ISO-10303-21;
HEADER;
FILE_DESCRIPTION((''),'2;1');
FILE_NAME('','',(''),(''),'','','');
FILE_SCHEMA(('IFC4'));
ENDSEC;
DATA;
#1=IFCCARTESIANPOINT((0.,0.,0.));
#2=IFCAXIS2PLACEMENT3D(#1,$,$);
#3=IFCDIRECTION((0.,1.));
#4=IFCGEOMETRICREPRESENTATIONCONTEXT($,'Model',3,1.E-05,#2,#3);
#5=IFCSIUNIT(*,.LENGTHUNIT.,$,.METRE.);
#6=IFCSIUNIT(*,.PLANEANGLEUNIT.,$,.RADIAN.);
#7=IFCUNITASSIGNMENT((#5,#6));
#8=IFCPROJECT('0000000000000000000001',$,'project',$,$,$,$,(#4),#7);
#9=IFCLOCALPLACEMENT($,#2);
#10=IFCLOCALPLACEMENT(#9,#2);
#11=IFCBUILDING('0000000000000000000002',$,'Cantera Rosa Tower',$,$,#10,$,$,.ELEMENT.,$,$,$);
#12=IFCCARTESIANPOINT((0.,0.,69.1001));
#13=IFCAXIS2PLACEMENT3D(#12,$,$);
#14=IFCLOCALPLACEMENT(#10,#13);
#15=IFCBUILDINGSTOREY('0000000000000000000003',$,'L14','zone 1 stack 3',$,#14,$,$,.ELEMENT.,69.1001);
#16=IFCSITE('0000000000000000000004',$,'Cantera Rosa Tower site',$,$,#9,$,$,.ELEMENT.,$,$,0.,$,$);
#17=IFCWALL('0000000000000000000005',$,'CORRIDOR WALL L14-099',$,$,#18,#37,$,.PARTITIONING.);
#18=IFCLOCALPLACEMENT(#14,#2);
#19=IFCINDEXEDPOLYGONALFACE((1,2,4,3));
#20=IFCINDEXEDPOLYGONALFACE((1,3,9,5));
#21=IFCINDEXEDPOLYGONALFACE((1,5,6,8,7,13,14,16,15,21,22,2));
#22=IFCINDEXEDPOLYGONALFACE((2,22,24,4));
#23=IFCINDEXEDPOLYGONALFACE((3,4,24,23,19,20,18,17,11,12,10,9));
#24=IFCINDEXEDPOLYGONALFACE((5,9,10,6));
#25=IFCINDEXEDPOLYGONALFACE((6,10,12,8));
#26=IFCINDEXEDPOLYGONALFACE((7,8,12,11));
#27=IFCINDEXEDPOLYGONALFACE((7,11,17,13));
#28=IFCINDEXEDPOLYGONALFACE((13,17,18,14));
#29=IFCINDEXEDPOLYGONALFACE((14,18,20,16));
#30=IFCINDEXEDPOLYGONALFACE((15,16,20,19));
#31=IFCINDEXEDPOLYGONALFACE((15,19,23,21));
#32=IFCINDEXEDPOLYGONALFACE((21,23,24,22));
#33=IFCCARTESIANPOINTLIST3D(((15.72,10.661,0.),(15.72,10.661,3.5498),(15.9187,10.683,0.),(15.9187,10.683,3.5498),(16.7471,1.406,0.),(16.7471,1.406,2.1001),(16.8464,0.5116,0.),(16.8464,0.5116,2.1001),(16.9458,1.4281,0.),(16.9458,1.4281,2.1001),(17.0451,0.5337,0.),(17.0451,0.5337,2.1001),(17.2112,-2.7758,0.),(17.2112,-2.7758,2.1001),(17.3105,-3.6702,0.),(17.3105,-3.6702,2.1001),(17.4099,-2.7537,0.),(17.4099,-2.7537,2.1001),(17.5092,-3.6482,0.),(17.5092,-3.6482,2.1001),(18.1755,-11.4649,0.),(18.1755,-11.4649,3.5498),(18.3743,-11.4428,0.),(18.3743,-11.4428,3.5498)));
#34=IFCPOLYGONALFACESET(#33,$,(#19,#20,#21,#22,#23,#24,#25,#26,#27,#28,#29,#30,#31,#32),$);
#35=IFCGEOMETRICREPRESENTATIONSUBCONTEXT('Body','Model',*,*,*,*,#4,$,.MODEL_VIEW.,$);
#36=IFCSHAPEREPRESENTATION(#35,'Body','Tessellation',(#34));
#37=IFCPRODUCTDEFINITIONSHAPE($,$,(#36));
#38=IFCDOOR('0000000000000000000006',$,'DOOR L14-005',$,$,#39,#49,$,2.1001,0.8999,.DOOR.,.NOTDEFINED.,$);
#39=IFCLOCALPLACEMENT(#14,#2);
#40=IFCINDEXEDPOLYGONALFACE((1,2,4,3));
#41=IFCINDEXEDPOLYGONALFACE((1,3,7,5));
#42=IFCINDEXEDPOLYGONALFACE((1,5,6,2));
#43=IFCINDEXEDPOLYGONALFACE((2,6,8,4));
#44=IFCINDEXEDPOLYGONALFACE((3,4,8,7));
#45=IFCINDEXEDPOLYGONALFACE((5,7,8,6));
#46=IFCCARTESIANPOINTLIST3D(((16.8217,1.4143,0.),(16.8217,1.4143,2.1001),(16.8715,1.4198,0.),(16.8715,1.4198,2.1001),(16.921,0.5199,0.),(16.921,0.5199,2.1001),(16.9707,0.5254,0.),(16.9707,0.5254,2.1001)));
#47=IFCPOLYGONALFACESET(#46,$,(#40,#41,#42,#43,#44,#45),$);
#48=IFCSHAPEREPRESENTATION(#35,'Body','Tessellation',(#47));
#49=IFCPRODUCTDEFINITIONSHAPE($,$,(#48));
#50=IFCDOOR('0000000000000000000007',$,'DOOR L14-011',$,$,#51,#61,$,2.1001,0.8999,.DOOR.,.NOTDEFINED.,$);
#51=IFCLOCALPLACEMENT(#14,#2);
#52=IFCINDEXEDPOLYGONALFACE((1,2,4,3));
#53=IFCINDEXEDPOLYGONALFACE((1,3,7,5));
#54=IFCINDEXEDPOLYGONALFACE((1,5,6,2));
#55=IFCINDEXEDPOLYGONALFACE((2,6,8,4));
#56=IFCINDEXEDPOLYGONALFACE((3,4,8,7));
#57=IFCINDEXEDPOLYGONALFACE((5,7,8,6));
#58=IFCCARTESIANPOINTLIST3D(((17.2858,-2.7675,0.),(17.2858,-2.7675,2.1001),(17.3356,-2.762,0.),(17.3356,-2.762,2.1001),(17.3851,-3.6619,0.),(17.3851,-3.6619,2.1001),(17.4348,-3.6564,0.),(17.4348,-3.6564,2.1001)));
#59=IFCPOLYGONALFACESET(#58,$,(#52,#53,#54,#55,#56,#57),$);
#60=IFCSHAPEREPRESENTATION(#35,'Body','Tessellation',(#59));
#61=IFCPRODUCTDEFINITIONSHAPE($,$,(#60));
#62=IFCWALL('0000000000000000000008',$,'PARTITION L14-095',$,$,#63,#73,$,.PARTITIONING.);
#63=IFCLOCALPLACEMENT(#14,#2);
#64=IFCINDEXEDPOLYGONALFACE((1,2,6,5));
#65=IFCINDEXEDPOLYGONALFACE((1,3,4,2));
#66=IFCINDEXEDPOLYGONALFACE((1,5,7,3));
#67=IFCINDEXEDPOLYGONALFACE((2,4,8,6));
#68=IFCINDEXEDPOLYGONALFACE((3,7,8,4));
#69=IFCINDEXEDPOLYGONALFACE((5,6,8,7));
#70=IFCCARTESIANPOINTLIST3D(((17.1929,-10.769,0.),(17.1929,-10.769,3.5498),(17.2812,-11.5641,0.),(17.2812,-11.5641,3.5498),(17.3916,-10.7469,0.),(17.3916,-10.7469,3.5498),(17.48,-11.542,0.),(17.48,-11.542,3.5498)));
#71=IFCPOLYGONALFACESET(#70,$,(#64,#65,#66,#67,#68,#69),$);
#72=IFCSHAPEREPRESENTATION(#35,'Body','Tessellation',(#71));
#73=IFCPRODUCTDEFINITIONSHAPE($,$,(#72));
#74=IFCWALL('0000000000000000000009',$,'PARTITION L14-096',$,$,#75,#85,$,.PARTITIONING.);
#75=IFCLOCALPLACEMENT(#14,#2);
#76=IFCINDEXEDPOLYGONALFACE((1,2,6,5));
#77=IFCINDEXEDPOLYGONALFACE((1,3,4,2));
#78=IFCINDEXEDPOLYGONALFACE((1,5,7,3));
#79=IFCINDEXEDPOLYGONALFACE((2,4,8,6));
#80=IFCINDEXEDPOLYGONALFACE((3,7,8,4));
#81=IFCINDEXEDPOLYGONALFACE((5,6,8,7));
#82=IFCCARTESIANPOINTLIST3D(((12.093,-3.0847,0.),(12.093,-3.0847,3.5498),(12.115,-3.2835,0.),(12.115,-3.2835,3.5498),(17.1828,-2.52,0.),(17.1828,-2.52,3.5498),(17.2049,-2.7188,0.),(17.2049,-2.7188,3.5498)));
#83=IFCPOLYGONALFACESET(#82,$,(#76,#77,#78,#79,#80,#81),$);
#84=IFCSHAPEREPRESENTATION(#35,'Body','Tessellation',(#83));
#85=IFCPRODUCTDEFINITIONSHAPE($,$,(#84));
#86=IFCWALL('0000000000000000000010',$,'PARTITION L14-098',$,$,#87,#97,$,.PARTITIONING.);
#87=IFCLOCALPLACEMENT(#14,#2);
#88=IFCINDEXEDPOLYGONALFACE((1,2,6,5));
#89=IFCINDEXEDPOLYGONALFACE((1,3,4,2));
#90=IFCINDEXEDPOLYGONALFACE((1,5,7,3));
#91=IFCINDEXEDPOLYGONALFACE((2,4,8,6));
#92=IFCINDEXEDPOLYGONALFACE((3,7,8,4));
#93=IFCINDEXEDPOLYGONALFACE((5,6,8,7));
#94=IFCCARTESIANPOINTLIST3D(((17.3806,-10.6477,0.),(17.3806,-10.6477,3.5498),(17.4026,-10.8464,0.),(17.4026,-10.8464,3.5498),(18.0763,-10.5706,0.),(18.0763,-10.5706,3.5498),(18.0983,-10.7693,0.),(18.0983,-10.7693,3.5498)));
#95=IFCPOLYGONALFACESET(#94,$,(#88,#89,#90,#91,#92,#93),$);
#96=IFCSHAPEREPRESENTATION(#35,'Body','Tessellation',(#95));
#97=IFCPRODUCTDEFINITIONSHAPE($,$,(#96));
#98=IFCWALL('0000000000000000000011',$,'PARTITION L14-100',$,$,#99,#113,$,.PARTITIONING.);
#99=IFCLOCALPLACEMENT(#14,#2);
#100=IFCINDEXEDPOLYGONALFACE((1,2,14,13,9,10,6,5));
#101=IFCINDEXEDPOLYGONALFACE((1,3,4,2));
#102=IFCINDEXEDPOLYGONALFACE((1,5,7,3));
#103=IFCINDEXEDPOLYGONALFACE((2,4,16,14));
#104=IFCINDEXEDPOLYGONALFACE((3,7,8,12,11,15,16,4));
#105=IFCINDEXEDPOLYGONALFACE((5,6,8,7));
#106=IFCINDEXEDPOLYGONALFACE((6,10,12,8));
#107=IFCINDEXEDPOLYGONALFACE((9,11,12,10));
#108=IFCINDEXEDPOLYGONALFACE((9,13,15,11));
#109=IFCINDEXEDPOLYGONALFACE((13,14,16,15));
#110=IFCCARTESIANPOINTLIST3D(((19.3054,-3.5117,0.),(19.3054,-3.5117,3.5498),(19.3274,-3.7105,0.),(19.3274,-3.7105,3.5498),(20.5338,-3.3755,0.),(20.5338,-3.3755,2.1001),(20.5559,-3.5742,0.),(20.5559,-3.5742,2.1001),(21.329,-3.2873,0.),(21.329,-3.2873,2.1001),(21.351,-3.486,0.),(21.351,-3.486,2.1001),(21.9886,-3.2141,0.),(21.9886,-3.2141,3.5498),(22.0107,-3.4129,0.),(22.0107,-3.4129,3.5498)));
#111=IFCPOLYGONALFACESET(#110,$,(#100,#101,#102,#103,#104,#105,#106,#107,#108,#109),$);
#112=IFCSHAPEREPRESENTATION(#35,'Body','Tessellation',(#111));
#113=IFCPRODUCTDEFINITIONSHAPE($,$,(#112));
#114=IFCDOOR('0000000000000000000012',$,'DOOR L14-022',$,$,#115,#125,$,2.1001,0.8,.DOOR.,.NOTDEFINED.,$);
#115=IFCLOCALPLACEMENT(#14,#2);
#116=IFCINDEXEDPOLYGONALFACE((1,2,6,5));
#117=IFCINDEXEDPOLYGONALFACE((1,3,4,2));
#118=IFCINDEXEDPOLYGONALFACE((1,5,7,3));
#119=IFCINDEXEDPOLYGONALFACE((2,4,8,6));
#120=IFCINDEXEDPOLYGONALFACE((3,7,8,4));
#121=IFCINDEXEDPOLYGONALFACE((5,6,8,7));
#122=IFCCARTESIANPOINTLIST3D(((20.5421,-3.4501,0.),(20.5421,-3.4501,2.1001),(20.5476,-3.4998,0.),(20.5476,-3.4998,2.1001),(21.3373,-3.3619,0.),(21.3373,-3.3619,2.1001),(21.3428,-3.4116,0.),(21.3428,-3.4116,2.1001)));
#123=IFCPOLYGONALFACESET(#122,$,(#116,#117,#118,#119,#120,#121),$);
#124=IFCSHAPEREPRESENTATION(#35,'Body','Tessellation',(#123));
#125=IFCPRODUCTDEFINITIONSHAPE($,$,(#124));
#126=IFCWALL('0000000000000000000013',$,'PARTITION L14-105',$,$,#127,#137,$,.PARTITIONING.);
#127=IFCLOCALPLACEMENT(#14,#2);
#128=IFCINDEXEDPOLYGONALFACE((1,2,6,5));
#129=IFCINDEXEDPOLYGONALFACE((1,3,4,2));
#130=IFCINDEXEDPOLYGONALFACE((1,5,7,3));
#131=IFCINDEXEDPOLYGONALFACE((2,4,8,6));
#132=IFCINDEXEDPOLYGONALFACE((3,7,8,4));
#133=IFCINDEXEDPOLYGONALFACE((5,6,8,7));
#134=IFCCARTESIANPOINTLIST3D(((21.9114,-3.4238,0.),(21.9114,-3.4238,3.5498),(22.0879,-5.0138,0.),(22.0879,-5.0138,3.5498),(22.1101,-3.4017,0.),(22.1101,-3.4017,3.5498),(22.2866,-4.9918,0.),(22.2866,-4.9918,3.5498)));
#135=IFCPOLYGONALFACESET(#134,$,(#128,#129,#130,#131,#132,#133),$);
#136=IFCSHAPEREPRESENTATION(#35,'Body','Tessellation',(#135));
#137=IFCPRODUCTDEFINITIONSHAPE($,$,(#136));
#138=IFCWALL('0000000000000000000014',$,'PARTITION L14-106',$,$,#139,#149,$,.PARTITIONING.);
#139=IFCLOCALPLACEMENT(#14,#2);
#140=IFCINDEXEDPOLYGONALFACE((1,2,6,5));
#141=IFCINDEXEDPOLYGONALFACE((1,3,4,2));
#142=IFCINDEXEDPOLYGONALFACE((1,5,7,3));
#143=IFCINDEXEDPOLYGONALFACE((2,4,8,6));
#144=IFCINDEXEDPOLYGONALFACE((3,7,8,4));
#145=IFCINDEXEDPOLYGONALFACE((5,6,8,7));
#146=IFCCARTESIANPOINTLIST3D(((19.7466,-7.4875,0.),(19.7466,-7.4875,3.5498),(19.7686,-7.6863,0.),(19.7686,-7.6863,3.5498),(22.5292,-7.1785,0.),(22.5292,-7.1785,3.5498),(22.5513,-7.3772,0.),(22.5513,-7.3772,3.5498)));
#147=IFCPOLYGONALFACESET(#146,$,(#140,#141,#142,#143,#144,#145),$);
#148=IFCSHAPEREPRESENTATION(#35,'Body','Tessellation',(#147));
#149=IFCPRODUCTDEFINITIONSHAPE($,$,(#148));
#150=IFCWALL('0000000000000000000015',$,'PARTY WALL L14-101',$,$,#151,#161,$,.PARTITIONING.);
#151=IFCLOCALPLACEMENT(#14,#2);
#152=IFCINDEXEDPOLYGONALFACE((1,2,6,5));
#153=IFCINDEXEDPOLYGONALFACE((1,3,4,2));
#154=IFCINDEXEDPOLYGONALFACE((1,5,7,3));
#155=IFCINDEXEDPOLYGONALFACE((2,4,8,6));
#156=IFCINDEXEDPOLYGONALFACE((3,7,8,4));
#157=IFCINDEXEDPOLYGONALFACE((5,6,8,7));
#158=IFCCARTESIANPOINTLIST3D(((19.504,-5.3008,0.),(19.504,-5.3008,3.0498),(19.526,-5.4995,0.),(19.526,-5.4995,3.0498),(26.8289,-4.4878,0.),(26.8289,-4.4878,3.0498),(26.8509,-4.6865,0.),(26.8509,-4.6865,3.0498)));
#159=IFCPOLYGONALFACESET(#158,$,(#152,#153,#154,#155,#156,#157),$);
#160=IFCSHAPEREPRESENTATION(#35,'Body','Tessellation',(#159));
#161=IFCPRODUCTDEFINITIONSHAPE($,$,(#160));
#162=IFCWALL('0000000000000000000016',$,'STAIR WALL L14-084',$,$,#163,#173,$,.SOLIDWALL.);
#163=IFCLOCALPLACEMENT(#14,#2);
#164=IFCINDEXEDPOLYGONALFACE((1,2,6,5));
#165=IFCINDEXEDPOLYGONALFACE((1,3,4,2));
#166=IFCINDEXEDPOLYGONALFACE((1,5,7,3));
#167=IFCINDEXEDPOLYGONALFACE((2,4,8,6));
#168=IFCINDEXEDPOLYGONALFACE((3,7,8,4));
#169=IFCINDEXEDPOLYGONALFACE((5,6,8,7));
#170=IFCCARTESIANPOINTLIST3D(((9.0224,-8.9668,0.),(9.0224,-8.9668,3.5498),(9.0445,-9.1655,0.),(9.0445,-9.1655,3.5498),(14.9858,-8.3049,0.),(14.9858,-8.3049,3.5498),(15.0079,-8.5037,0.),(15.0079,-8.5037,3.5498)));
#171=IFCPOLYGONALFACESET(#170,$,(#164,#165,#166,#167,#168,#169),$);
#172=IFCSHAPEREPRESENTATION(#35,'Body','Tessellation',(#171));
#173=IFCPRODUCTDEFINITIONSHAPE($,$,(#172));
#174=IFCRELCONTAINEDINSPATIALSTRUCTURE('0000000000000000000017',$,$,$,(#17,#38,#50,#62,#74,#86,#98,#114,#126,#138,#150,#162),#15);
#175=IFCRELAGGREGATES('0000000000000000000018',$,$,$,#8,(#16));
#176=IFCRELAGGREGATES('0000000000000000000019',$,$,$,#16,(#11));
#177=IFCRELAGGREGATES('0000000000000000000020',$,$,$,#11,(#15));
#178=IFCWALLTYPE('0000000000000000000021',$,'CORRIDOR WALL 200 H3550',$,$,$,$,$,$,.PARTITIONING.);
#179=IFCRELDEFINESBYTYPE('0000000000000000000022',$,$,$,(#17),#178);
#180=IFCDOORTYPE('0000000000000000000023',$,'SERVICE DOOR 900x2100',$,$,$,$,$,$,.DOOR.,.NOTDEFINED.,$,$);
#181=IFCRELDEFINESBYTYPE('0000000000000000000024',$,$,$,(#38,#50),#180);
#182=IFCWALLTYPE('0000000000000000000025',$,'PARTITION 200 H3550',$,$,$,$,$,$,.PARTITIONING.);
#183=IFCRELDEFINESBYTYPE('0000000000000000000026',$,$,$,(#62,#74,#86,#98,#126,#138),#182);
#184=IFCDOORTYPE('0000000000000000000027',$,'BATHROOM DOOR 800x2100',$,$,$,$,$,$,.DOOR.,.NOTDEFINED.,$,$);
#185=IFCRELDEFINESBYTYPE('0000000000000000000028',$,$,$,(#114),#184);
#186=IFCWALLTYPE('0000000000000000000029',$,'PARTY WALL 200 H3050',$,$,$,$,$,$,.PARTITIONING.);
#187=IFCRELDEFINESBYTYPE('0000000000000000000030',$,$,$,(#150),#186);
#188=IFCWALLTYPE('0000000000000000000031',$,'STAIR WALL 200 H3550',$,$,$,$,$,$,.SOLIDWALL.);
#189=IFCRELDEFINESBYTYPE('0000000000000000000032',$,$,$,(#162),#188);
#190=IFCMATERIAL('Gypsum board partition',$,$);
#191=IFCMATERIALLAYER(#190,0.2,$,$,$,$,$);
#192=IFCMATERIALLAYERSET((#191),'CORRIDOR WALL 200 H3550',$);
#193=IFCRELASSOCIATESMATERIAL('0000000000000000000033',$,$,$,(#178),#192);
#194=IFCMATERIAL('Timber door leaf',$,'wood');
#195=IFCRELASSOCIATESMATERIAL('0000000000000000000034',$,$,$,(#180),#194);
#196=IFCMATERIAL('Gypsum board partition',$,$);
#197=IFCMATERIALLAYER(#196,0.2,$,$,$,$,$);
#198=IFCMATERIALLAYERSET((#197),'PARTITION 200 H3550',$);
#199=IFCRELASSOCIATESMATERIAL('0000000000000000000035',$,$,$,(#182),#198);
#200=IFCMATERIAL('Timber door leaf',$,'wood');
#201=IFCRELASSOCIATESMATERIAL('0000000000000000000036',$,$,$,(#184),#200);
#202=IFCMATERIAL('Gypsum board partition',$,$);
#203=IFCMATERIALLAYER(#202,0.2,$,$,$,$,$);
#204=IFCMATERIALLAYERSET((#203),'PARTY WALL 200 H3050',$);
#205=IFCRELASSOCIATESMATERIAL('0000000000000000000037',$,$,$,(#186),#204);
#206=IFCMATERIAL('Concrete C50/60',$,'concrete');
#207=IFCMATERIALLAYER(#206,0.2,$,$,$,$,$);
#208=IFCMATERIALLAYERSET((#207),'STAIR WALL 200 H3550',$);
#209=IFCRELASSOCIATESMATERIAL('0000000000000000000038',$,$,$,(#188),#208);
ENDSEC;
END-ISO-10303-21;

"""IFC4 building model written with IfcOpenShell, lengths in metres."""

from ifc_helpers import new_model, si_unit, direction, frame, frame_2d, origin, place, context, subcontext, project, spatial, rectangle, extrude, material, layer, layer_set, type_object, element, fill, save


model = new_model("IFC4")

# Units and contexts
model_context = context("Model", 3, precision=1e-05, world=origin(), true_north=direction((0.0, 1.0)))
body_context = subcontext(model_context, "Body", "Model", "MODEL_VIEW")
ifc_project = project(units=[si_unit("LENGTHUNIT", "METRE"), si_unit("PLANEANGLEUNIT", "RADIAN")], contexts=[model_context])

# Site, building, storey
site_placement = place(None, origin())
site = spatial("IfcSite", under=ifc_project, at=site_placement, Name="Cantera Rosa Tower site", CompositionType="ELEMENT", RefElevation=0.0)
building_placement = place(site_placement, origin())
building = spatial("IfcBuilding", under=site, at=building_placement, Name="Cantera Rosa Tower", CompositionType="ELEMENT")
storey_placement = place(building_placement, frame((0.0, 0.0, 69.1001)))
storey = spatial("IfcBuildingStorey", under=building, at=storey_placement, Name="L14", Description="zone 1 stack 3", CompositionType="ELEMENT", Elevation=69.1001)

# Wall, openings, doors
ifc_material_1 = material(Name="Gypsum board partition")
ifc_layer_1 = layer(ifc_material_1, 0.2)
ifc_layer_set_1 = layer_set([ifc_layer_1], Name="CORRIDOR WALL 200 H3550")
wall_type_1 = type_object("IfcWallType", Name="CORRIDOR WALL 200 H3550", PredefinedType="PARTITIONING", material=ifc_layer_set_1)
wall_1_placement = place(storey_placement, frame((18.2749, -11.4539, 0.0), z_axis=(0.0, 0.0, 1.0), x_axis=(-0.110304, 0.993898, 0.0)))
wall_1 = element("IfcWall", 1, at=wall_1_placement, inside=storey, type_object=wall_type_1, Name="CORRIDOR WALL L14-099", PredefinedType="PARTITIONING", context=body_context, shape_type="SweptSolid", body=[
    extrude(rectangle(XDim=22.2617, YDim=0.2, at=frame_2d((11.1309, 0.0))), origin(), (0.0, 0.0, 1.0), 3.5498),
])
opening_1_placement = place(wall_1_placement, frame((12.05, 0.0, 0.0)))
opening_1 = element("IfcOpeningElement", 2, at=opening_1_placement, cuts=wall_1, PredefinedType="OPENING", context=body_context, shape_type="SweptSolid", body=[
    extrude(rectangle(XDim=0.8999, YDim=2.1001, at=frame_2d((0.45, 1.05))), frame((0.0, 0.1099, 0.0), z_axis=(0.0, -1.0, 0.0), x_axis=(1.0, 0.0, 0.0)), (0.0, 0.0, 1.0), 0.22),
])
opening_2_placement = place(wall_1_placement, frame((7.8425, 0.0, 0.0)))
opening_2 = element("IfcOpeningElement", 3, at=opening_2_placement, cuts=wall_1, PredefinedType="OPENING", context=body_context, shape_type="SweptSolid", body=[
    extrude(rectangle(XDim=0.8999, YDim=2.1001, at=frame_2d((0.45, 1.05))), frame((0.0, 0.1099, 0.0), z_axis=(0.0, -1.0, 0.0), x_axis=(1.0, 0.0, 0.0)), (0.0, 0.0, 1.0), 0.22),
])
ifc_material_2 = material(Name="Timber door leaf", Category="wood")
door_type_1 = type_object("IfcDoorType", Name="SERVICE DOOR 900x2100", OperationType="NOTDEFINED", PredefinedType="DOOR", material=ifc_material_2)
door_1_placement = place(opening_1_placement, origin())
door_1 = element("IfcDoor", 4, at=door_1_placement, inside=storey, type_object=door_type_1, Name="DOOR L14-005", OperationType="NOTDEFINED", OverallHeight=2.1001, OverallWidth=0.8999, PredefinedType="DOOR", context=body_context, shape_type="SweptSolid", body=[
    extrude(rectangle(XDim=0.8999, YDim=2.1001, at=frame_2d((0.45, 1.05))), frame((0.0, 0.0249, 0.0), z_axis=(0.0, -1.0, 0.0), x_axis=(1.0, 0.0, 0.0)), (0.0, 0.0, 1.0), 0.05),
])
fill(opening_1, door_1)
door_2_placement = place(opening_2_placement, origin())
door_2 = element("IfcDoor", 5, at=door_2_placement, inside=storey, type_object=door_type_1, Name="DOOR L14-011", OperationType="NOTDEFINED", OverallHeight=2.1001, OverallWidth=0.8999, PredefinedType="DOOR", context=body_context, shape_type="SweptSolid", body=[
    extrude(rectangle(XDim=0.8999, YDim=2.1001, at=frame_2d((0.45, 1.05))), frame((0.0, 0.0249, 0.0), z_axis=(0.0, -1.0, 0.0), x_axis=(1.0, 0.0, 0.0)), (0.0, 0.0, 1.0), 0.05),
])
fill(opening_2, door_2)

# Walls
ifc_material_3 = material(Name="Gypsum board partition")
ifc_layer_2 = layer(ifc_material_3, 0.2)
ifc_layer_set_2 = layer_set([ifc_layer_2], Name="PARTITION 200 H3550")
wall_type_2 = type_object("IfcWallType", Name="PARTITION 200 H3550", PredefinedType="PARTITIONING", material=ifc_layer_set_2)
wall_2_placement = place(storey_placement, frame((17.2922, -10.7581, 0.0), z_axis=(0.0, 0.0, 1.0), x_axis=(0.110465, -0.99388, 0.0)))
element("IfcWall", 6, at=wall_2_placement, inside=storey, type_object=wall_type_2, Name="PARTITION L14-095", PredefinedType="PARTITIONING", context=body_context, shape_type="SweptSolid", body=[
    extrude(rectangle(XDim=0.8, YDim=0.2, at=frame_2d((0.3999, 0.0))), origin(), (0.0, 0.0, 1.0), 3.5498),
])
wall_3_placement = place(storey_placement, frame((17.1938, -2.6194, 0.0), z_axis=(0.0, 0.0, 1.0), x_axis=(-0.993902, -0.110269, 0.0)))
element("IfcWall", 7, at=wall_3_placement, inside=storey, type_object=wall_type_2, Name="PARTITION L14-096", PredefinedType="PARTITIONING", context=body_context, shape_type="SweptSolid", body=[
    extrude(rectangle(XDim=5.1211, YDim=0.2, at=frame_2d((2.5605, 0.0))), origin(), (0.0, 0.0, 1.0), 3.5498),
])
wall_4_placement = place(storey_placement, frame((18.0874, -10.6699, 0.0), z_axis=(0.0, 0.0, 1.0), x_axis=(-0.993909, -0.110202, 0.0)))
element("IfcWall", 8, at=wall_4_placement, inside=storey, type_object=wall_type_2, Name="PARTITION L14-098", PredefinedType="PARTITIONING", context=body_context, shape_type="SweptSolid", body=[
    extrude(rectangle(XDim=0.7, YDim=0.2, at=frame_2d((0.3501, 0.0))), origin(), (0.0, 0.0, 1.0), 3.5498),
])

# Wall, opening, door
wall_5_placement = place(storey_placement, frame((19.3164, -3.6111, 0.0), z_axis=(0.0, 0.0, 1.0), x_axis=(0.993906, 0.110233, 0.0)))
wall_5 = element("IfcWall", 9, at=wall_5_placement, inside=storey, type_object=wall_type_2, Name="PARTITION L14-100", PredefinedType="PARTITIONING", context=body_context, shape_type="SweptSolid", body=[
    extrude(rectangle(XDim=2.6997, YDim=0.2, at=frame_2d((1.3499, 0.0))), origin(), (0.0, 0.0, 1.0), 3.5498),
])
opening_3_placement = place(wall_5_placement, frame((1.2361, 0.0, 0.0)))
opening_3 = element("IfcOpeningElement", 10, at=opening_3_placement, cuts=wall_5, PredefinedType="OPENING", context=body_context, shape_type="SweptSolid", body=[
    extrude(rectangle(XDim=0.8, YDim=2.1001, at=frame_2d((0.3999, 1.05))), frame((0.0, 0.1099, 0.0), z_axis=(0.0, -1.0, 0.0), x_axis=(1.0, 0.0, 0.0)), (0.0, 0.0, 1.0), 0.22),
])
ifc_material_4 = material(Name="Timber door leaf", Category="wood")
door_type_2 = type_object("IfcDoorType", Name="BATHROOM DOOR 800x2100", OperationType="NOTDEFINED", PredefinedType="DOOR", material=ifc_material_4)
door_3_placement = place(opening_3_placement, origin())
door_3 = element("IfcDoor", 11, at=door_3_placement, inside=storey, type_object=door_type_2, Name="DOOR L14-022", OperationType="NOTDEFINED", OverallHeight=2.1001, OverallWidth=0.8, PredefinedType="DOOR", context=body_context, shape_type="SweptSolid", body=[
    extrude(rectangle(XDim=0.8, YDim=2.1001, at=frame_2d((0.3999, 1.05))), frame((0.0, 0.0249, 0.0), z_axis=(0.0, -1.0, 0.0), x_axis=(1.0, 0.0, 0.0)), (0.0, 0.0, 1.0), 0.05),
])
fill(opening_3, door_3)

# Walls
wall_6_placement = place(storey_placement, frame((22.0107, -3.4128, 0.0), z_axis=(0.0, 0.0, 1.0), x_axis=(0.110331, -0.993895, 0.0)))
element("IfcWall", 12, at=wall_6_placement, inside=storey, type_object=wall_type_2, Name="PARTITION L14-105", PredefinedType="PARTITIONING", context=body_context, shape_type="SweptSolid", body=[
    extrude(rectangle(XDim=1.5999, YDim=0.2, at=frame_2d((0.7998, 0.0))), origin(), (0.0, 0.0, 1.0), 3.5498),
])
wall_7_placement = place(storey_placement, frame((22.5403, -7.2778, 0.0), z_axis=(0.0, 0.0, 1.0), x_axis=(-0.993888, -0.110393, 0.0)))
element("IfcWall", 13, at=wall_7_placement, inside=storey, type_object=wall_type_2, Name="PARTITION L14-106", PredefinedType="PARTITIONING", context=body_context, shape_type="SweptSolid", body=[
    extrude(rectangle(XDim=2.7998, YDim=0.2, at=frame_2d((1.3999, 0.0))), origin(), (0.0, 0.0, 1.0), 3.5498),
])
ifc_material_5 = material(Name="Gypsum board partition")
ifc_layer_3 = layer(ifc_material_5, 0.2)
ifc_layer_set_3 = layer_set([ifc_layer_3], Name="PARTY WALL 200 H3050")
wall_type_3 = type_object("IfcWallType", Name="PARTY WALL 200 H3050", PredefinedType="PARTITIONING", material=ifc_layer_set_3)
wall_8_placement = place(storey_placement, frame((19.5149, -5.4001, 0.0), z_axis=(0.0, 0.0, 1.0), x_axis=(0.993897, 0.110312, 0.0)))
element("IfcWall", 14, at=wall_8_placement, inside=storey, type_object=wall_type_3, Name="PARTY WALL L14-101", PredefinedType="PARTITIONING", context=body_context, shape_type="SweptSolid", body=[
    extrude(rectangle(XDim=7.3699, YDim=0.2, at=frame_2d((3.6851, 0.0))), origin(), (0.0, 0.0, 1.0), 3.0498),
])
ifc_material_6 = material(Name="Concrete C50/60", Category="concrete")
ifc_layer_4 = layer(ifc_material_6, 0.2)
ifc_layer_set_4 = layer_set([ifc_layer_4], Name="STAIR WALL 200 H3550")
wall_type_4 = type_object("IfcWallType", Name="STAIR WALL 200 H3550", PredefinedType="SOLIDWALL", material=ifc_layer_set_4)
wall_9_placement = place(storey_placement, frame((14.9968, -8.4043, 0.0), z_axis=(0.0, 0.0, 1.0), x_axis=(-0.993897, -0.110311, 0.0)))
element("IfcWall", 15, at=wall_9_placement, inside=storey, type_object=wall_type_4, Name="STAIR WALL L14-084", PredefinedType="SOLIDWALL", context=body_context, shape_type="SweptSolid", body=[
    extrude(rectangle(XDim=6.0, YDim=0.2, at=frame_2d((3.0, 0.0))), origin(), (0.0, 0.0, 1.0), 3.5498),
])

save(model, "model.ifc")
